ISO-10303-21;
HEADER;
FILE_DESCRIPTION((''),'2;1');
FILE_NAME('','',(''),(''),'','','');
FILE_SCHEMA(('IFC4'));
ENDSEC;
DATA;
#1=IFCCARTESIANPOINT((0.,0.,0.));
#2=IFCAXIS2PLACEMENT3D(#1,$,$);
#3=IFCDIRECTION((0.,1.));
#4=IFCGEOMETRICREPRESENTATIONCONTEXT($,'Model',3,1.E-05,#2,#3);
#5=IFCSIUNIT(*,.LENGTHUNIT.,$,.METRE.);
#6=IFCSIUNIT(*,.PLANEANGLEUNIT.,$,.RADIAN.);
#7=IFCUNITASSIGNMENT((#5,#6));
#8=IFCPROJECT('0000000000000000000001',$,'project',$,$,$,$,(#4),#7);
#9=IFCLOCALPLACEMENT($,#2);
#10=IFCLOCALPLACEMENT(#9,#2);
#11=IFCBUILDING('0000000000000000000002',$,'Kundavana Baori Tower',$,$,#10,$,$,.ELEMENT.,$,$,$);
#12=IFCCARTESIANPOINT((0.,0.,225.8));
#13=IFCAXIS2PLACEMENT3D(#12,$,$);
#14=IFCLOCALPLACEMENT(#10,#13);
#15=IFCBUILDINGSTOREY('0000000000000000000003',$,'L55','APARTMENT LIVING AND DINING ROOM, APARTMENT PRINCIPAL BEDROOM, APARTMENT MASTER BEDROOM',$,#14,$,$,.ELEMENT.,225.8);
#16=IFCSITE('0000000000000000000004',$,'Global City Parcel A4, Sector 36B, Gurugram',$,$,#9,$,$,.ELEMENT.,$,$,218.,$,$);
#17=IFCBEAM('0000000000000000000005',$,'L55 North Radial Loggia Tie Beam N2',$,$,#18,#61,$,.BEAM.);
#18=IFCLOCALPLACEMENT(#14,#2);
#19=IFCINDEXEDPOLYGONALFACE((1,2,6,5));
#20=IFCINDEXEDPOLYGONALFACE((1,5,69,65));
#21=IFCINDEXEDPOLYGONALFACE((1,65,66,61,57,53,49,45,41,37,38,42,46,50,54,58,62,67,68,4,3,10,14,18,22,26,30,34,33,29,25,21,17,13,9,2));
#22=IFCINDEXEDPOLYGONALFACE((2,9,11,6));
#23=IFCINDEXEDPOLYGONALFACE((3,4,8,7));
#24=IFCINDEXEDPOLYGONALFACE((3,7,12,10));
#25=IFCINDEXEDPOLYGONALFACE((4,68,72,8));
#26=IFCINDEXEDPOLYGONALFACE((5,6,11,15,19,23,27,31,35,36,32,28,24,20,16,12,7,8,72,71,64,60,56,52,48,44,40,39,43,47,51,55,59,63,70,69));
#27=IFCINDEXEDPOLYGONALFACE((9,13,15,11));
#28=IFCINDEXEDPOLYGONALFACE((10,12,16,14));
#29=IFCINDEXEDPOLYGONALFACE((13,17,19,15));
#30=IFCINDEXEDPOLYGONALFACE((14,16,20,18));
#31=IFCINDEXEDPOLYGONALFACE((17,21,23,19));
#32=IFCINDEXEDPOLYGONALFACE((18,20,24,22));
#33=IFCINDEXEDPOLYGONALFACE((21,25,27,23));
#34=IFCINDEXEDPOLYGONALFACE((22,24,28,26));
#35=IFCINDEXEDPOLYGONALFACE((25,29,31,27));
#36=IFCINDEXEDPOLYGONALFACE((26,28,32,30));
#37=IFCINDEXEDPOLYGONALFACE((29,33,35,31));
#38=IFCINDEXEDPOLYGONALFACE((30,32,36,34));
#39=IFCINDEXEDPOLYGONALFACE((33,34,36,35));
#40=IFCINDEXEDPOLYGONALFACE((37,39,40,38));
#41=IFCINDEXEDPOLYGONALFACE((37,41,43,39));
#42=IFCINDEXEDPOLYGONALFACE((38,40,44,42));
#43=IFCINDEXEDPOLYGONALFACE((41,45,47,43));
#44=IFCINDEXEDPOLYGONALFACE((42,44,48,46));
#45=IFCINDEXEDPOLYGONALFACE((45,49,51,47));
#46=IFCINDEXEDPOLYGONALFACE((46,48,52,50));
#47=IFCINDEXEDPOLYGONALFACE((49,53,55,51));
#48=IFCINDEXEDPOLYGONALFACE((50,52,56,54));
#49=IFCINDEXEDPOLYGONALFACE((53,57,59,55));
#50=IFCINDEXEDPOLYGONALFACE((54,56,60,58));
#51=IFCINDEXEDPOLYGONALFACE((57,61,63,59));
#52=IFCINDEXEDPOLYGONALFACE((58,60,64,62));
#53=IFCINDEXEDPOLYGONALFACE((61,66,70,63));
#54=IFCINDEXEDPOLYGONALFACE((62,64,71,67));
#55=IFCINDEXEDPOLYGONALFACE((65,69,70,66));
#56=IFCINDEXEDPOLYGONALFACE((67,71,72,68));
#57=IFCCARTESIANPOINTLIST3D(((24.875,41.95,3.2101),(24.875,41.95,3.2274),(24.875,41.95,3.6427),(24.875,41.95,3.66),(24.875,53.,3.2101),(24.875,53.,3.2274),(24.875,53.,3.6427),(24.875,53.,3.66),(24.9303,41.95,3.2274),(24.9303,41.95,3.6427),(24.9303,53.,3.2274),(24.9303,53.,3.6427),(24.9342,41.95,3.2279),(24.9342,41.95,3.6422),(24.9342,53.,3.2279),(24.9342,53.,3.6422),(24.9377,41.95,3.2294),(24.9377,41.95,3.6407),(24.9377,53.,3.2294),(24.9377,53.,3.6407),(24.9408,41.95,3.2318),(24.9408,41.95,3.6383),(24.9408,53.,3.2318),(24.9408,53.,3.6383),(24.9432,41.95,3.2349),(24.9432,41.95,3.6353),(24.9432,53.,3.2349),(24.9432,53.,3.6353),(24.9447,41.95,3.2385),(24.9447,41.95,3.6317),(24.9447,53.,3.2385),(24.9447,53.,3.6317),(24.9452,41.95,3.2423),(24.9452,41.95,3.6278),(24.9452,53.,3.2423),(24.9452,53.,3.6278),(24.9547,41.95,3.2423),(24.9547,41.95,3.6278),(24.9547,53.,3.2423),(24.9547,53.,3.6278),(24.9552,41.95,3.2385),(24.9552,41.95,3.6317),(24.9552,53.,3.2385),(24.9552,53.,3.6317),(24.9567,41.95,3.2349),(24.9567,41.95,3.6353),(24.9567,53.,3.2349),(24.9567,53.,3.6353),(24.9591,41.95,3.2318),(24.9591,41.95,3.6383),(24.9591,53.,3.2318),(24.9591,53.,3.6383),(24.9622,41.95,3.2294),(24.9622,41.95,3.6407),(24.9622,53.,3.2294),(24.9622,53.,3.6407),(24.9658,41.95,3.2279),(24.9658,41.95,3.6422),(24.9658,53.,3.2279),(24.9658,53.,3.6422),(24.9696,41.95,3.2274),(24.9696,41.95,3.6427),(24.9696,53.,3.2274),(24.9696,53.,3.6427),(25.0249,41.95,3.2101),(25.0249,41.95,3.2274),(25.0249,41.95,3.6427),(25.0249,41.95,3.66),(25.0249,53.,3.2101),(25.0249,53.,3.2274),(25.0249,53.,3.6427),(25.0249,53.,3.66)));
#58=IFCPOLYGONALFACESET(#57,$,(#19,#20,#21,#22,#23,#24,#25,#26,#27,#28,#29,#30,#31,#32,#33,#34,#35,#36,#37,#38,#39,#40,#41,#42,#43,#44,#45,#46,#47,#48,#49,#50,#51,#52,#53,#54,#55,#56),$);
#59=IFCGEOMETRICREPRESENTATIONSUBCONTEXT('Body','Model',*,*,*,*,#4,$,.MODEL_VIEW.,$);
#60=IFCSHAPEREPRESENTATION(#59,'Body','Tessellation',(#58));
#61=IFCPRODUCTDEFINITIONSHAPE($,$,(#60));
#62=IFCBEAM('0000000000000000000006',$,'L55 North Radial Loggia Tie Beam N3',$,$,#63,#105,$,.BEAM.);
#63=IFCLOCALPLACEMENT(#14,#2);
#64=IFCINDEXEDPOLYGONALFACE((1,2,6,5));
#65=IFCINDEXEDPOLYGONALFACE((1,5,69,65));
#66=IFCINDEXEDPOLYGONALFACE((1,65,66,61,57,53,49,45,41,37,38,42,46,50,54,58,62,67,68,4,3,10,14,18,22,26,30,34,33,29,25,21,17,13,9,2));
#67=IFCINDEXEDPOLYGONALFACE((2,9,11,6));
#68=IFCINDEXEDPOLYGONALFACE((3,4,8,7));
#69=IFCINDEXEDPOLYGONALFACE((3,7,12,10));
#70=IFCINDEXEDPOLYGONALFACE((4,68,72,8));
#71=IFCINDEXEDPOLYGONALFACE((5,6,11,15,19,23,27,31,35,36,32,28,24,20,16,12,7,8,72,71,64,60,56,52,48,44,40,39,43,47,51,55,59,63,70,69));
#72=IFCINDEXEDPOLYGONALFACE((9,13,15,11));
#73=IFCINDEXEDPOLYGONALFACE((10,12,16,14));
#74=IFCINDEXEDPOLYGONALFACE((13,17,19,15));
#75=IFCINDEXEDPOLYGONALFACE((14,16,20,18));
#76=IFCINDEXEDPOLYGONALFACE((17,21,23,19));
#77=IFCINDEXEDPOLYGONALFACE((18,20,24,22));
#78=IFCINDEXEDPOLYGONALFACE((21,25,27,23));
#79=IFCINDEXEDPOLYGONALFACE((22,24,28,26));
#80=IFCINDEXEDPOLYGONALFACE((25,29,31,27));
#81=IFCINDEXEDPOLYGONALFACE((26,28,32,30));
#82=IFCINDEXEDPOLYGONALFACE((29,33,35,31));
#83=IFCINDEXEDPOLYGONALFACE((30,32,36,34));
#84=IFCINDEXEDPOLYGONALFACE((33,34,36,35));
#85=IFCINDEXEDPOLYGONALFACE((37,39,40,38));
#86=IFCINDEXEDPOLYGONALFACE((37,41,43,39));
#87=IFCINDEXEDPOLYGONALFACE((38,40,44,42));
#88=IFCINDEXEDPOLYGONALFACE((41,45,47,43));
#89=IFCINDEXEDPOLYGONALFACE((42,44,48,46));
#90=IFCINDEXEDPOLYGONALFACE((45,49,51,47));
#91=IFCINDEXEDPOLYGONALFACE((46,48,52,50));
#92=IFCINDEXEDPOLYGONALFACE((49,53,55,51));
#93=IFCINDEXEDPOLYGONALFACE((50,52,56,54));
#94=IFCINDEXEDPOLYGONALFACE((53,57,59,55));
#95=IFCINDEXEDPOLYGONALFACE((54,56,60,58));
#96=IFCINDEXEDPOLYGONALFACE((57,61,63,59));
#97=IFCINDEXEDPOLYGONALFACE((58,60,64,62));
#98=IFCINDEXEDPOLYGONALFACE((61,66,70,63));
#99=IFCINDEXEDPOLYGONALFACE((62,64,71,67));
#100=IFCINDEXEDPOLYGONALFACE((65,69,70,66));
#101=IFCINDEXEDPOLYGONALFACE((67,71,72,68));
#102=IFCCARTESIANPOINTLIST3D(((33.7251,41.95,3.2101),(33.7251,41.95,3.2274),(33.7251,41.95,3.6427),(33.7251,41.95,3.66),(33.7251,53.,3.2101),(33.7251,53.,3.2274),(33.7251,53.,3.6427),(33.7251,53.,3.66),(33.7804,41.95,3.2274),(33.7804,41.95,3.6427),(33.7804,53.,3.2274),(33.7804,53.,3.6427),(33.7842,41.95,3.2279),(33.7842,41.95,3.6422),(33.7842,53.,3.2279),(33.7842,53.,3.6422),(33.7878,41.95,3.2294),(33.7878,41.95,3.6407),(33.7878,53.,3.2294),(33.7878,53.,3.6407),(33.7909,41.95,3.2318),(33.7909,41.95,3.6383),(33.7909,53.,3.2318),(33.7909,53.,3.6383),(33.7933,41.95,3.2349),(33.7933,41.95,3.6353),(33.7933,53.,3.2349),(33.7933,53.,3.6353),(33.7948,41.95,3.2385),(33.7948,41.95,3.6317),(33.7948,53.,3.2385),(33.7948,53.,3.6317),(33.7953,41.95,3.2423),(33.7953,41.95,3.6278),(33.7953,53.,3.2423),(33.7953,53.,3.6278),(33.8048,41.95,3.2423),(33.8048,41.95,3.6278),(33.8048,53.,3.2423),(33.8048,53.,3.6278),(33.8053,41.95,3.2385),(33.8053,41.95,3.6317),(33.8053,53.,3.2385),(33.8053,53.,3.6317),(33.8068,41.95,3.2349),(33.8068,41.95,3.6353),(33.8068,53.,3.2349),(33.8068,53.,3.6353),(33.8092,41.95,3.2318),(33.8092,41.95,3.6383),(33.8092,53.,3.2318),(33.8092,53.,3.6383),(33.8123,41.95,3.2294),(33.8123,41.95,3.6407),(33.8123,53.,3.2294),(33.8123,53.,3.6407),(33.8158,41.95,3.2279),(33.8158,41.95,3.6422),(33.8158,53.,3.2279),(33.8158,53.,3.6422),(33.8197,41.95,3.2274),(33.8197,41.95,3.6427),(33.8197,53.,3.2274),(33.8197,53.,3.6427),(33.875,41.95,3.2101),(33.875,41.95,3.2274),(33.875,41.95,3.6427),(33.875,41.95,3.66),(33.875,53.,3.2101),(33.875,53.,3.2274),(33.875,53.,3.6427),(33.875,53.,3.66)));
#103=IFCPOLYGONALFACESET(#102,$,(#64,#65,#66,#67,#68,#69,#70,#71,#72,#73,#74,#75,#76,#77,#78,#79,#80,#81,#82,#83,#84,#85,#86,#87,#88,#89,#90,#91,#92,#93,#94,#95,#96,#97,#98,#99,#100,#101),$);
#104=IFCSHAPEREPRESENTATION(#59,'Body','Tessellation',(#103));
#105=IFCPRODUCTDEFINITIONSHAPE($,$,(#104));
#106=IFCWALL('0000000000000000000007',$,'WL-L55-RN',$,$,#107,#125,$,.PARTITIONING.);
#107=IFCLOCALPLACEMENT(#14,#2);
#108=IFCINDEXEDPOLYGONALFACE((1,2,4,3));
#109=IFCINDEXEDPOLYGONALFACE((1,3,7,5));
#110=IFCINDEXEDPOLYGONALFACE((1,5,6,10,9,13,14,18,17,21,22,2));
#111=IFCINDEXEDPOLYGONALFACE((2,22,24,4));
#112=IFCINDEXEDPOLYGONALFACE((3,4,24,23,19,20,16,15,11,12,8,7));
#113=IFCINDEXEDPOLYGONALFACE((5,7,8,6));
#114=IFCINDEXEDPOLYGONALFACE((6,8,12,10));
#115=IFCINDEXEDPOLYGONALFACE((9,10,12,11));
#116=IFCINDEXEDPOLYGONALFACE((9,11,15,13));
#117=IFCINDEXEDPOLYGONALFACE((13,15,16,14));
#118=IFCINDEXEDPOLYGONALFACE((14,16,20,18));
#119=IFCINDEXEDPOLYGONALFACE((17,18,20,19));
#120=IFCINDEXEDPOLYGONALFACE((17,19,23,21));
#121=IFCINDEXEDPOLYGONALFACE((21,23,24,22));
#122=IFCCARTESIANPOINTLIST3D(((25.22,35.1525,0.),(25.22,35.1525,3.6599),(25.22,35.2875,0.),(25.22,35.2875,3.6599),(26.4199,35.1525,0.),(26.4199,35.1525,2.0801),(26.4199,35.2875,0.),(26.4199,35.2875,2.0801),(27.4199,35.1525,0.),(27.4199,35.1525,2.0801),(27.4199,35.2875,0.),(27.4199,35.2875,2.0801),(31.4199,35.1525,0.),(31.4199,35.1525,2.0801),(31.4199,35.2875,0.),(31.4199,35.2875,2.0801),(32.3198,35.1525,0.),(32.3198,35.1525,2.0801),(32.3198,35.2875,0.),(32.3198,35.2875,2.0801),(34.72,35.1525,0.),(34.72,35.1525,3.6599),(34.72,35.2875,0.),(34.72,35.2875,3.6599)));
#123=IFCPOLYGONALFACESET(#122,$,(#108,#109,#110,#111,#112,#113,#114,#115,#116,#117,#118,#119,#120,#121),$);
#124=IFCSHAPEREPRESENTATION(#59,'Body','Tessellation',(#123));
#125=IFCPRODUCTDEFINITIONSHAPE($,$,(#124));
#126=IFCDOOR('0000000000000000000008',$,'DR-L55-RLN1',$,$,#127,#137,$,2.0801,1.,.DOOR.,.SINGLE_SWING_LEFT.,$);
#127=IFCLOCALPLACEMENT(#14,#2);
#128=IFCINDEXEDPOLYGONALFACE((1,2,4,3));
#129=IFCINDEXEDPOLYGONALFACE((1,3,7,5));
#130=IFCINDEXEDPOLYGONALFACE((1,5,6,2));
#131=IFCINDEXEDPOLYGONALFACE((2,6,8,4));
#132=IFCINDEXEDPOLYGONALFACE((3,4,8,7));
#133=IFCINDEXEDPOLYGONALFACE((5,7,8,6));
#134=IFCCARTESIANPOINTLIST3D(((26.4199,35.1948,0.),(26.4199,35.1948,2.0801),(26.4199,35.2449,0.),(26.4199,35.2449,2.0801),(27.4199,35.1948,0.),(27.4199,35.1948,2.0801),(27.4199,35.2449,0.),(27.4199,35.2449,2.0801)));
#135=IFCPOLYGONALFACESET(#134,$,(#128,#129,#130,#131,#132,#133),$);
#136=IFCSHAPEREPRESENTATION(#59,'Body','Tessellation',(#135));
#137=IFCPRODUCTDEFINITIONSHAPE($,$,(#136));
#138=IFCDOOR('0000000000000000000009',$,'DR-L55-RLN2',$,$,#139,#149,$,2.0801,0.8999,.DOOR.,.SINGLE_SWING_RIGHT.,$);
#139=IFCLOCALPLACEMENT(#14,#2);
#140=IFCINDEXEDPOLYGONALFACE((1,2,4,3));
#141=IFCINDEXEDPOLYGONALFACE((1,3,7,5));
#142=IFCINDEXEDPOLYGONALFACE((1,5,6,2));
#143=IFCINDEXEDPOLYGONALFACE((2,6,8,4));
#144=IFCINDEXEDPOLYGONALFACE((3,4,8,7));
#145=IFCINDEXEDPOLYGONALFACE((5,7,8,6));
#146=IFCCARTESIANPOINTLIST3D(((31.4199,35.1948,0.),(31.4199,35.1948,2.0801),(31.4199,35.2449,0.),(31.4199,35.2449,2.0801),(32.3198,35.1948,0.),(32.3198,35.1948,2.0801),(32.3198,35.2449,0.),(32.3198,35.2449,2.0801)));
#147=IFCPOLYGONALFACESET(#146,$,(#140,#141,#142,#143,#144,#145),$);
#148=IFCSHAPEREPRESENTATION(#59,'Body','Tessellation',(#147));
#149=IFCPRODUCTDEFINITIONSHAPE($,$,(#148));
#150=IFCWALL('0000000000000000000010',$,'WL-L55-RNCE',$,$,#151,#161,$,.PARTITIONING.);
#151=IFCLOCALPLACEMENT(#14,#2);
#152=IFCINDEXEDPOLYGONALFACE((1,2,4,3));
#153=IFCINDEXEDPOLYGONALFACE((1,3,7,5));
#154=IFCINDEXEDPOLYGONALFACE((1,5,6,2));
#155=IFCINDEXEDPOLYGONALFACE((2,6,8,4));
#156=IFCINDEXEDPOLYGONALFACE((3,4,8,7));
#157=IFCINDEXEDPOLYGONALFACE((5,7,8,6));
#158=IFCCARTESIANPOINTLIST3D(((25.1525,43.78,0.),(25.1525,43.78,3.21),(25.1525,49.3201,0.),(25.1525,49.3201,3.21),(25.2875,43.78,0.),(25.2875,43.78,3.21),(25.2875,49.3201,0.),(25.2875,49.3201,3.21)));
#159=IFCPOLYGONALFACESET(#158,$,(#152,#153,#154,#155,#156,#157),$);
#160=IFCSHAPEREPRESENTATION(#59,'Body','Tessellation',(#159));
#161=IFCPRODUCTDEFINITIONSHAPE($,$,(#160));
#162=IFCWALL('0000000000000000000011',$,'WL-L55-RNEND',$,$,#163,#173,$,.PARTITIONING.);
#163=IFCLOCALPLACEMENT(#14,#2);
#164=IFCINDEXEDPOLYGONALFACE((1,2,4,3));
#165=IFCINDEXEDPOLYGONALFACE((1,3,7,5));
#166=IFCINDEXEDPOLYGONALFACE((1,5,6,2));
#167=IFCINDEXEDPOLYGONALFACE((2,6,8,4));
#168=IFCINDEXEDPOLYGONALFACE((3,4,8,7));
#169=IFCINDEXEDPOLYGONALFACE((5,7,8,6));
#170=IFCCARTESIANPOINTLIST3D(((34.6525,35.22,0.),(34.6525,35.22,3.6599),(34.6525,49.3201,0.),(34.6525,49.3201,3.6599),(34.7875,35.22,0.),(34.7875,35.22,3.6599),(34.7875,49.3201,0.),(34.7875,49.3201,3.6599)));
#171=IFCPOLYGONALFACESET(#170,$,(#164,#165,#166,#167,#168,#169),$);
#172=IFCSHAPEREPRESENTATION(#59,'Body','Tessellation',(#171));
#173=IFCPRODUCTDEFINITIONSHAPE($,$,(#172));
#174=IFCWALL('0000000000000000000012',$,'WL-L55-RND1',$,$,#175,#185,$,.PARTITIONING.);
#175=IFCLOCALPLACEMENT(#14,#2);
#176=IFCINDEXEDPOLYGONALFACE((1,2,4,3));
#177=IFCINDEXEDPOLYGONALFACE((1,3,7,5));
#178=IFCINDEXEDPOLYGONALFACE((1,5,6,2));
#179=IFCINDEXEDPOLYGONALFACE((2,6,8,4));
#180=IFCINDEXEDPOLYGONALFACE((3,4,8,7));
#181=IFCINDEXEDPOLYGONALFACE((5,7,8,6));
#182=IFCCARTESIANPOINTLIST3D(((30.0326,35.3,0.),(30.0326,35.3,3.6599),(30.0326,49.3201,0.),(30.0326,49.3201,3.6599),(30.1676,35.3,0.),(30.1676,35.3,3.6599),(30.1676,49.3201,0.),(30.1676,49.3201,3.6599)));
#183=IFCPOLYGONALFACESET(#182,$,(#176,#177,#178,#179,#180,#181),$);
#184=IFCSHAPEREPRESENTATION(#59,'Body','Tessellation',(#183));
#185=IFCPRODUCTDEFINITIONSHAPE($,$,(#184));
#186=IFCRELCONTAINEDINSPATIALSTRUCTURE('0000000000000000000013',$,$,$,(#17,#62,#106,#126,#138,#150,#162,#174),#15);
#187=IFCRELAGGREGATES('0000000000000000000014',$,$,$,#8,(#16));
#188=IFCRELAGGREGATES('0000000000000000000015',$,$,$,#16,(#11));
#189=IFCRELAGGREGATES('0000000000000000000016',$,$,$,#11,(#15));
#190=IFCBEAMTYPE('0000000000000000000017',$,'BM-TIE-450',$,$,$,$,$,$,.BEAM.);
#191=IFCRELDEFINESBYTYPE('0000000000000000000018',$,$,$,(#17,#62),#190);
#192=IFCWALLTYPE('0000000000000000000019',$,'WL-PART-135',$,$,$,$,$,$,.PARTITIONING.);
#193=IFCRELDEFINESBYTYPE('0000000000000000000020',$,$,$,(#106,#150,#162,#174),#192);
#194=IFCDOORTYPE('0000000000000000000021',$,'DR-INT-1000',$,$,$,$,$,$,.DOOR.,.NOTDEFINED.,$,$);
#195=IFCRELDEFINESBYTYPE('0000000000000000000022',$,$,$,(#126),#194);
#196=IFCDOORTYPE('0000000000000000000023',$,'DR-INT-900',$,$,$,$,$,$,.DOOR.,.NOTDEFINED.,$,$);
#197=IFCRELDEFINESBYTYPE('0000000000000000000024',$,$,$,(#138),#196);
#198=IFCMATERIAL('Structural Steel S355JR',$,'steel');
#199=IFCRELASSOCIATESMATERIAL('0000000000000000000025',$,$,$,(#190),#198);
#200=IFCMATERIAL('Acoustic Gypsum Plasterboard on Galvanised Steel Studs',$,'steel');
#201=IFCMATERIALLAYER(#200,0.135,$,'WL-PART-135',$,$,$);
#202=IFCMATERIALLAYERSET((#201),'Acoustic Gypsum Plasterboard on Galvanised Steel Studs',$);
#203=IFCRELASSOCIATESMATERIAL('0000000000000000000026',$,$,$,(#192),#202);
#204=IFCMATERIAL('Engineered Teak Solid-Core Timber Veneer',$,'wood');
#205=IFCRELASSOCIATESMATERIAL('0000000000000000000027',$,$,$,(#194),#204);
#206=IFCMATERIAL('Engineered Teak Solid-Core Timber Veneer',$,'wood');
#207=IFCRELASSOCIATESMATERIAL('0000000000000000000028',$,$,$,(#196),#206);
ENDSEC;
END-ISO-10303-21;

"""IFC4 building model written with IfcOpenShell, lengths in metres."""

from ifc_helpers import new_model, si_unit, direction, frame, frame_2d, origin, origin_2d, place, context, subcontext, project, spatial, rectangle, i_section, extrude, material, layer, layer_set, material_profile, profile_set, type_object, element, fill, save


model = new_model("IFC4")

# Units and contexts
model_context = context("Model", 3, precision=1e-05, world=origin(), true_north=direction((0.0, 1.0)))
body_context = subcontext(model_context, "Body", "Model", "MODEL_VIEW")
ifc_project = project(units=[si_unit("LENGTHUNIT", "METRE"), si_unit("PLANEANGLEUNIT", "RADIAN")], contexts=[model_context])

# Site, building, storey
site_placement = place(None, origin())
site = spatial("IfcSite", under=ifc_project, at=site_placement, Name="Global City Parcel A4, Sector 36B, Gurugram", CompositionType="ELEMENT", RefElevation=218.0)
building_placement = place(site_placement, origin())
building = spatial("IfcBuilding", under=site, at=building_placement, Name="Kundavana Baori Tower", CompositionType="ELEMENT")
storey_placement = place(building_placement, frame((0.0, 0.0, 225.8)))
storey = spatial("IfcBuildingStorey", under=building, at=storey_placement, Name="L55", Description="APARTMENT LIVING AND DINING ROOM, APARTMENT PRINCIPAL BEDROOM, APARTMENT MASTER BEDROOM", CompositionType="ELEMENT", Elevation=225.8)

# Beams
ifc_material_1 = material(Name="Structural Steel S355JR", Category="steel")
ifc_material_profile_1 = material_profile(ifc_material_1, i_section(OverallWidth=0.1499, OverallDepth=0.45, WebThickness=0.0095, FlangeThickness=0.0173, FilletRadius=0.0149, at=origin_2d()), Name="ISMB 450")
ifc_profile_set_1 = profile_set([ifc_material_profile_1], Name="Structural Steel S355JR")
beam_type_1 = type_object("IfcBeamType", Name="BM-TIE-450", PredefinedType="BEAM", material=ifc_profile_set_1)
for number, where, z_axis, x_axis, name in (
    (1, (24.95, 41.95, 3.4351), (0.0, 1.0, 0.0), (-1.0, 0.0, 0.0), "L55 North Radial Loggia Tie Beam N2"),
    (2, (33.8, 41.95, 3.4351), (0.0, 1.0, 0.0), (-1.0, 0.0, 0.0), "L55 North Radial Loggia Tie Beam N3"),
):
    element("IfcBeam", number, at=place(storey_placement, frame(where, z_axis=z_axis, x_axis=x_axis)), inside=storey, type_object=beam_type_1, Name=name, PredefinedType="BEAM", context=body_context, shape_type="SweptSolid", body=[
        extrude(i_section(OverallWidth=0.1499, OverallDepth=0.45, WebThickness=0.0095, FlangeThickness=0.0173, FilletRadius=0.0149, at=origin_2d()), origin(), (0.0, 0.0, 1.0), 11.05),
    ])

# Wall, openings, doors
ifc_material_2 = material(Name="Acoustic Gypsum Plasterboard on Galvanised Steel Studs", Category="steel")
ifc_layer_1 = layer(ifc_material_2, 0.135, Name="WL-PART-135")
ifc_layer_set_1 = layer_set([ifc_layer_1], Name="Acoustic Gypsum Plasterboard on Galvanised Steel Studs")
wall_type_1 = type_object("IfcWallType", Name="WL-PART-135", PredefinedType="PARTITIONING", material=ifc_layer_set_1)
wall_1_placement = place(storey_placement, frame((25.22, 35.22, 0.0), z_axis=(0.0, 0.0, 1.0), x_axis=(1.0, 0.0, 0.0)))
wall_1 = element("IfcWall", 3, at=wall_1_placement, inside=storey, type_object=wall_type_1, Name="WL-L55-RN", PredefinedType="PARTITIONING", context=body_context, shape_type="SweptSolid", body=[
    extrude(rectangle(XDim=9.5, YDim=0.135, at=frame_2d((4.75, 0.0))), origin(), (0.0, 0.0, 1.0), 3.6599),
])
opening_1_placement = place(wall_1_placement, frame((1.2, 0.0, 0.0)))
opening_1 = element("IfcOpeningElement", 4, at=opening_1_placement, cuts=wall_1, PredefinedType="OPENING", context=body_context, shape_type="SweptSolid", body=[
    extrude(rectangle(XDim=1.0, YDim=2.0801, at=frame_2d((0.5, 1.04))), frame((0.0, 0.0776, 0.0), z_axis=(0.0, -1.0, 0.0), x_axis=(1.0, 0.0, 0.0)), (0.0, 0.0, 1.0), 0.155),
])
opening_2_placement = place(wall_1_placement, frame((6.2, 0.0, 0.0)))
opening_2 = element("IfcOpeningElement", 5, at=opening_2_placement, cuts=wall_1, PredefinedType="OPENING", context=body_context, shape_type="SweptSolid", body=[
    extrude(rectangle(XDim=0.8999, YDim=2.0801, at=frame_2d((0.45, 1.04))), frame((0.0, 0.0776, 0.0), z_axis=(0.0, -1.0, 0.0), x_axis=(1.0, 0.0, 0.0)), (0.0, 0.0, 1.0), 0.155),
])
ifc_material_3 = material(Name="Engineered Teak Solid-Core Timber Veneer", Category="wood")
door_type_1 = type_object("IfcDoorType", Name="DR-INT-1000", OperationType="NOTDEFINED", PredefinedType="DOOR", material=ifc_material_3)
door_1_placement = place(opening_1_placement, origin())
door_1 = element("IfcDoor", 6, at=door_1_placement, inside=storey, type_object=door_type_1, Name="DR-L55-RLN1", OperationType="SINGLE_SWING_LEFT", OverallHeight=2.0801, OverallWidth=1.0, PredefinedType="DOOR", context=body_context, shape_type="SweptSolid", body=[
    extrude(rectangle(XDim=1.0, YDim=2.0801, at=frame_2d((0.5, 1.04))), frame((0.0, 0.0249, 0.0), z_axis=(0.0, -1.0, 0.0), x_axis=(1.0, 0.0, 0.0)), (0.0, 0.0, 1.0), 0.05),
])
fill(opening_1, door_1)
ifc_material_4 = material(Name="Engineered Teak Solid-Core Timber Veneer", Category="wood")
door_type_2 = type_object("IfcDoorType", Name="DR-INT-900", OperationType="NOTDEFINED", PredefinedType="DOOR", material=ifc_material_4)
door_2_placement = place(opening_2_placement, origin())
door_2 = element("IfcDoor", 7, at=door_2_placement, inside=storey, type_object=door_type_2, Name="DR-L55-RLN2", OperationType="SINGLE_SWING_RIGHT", OverallHeight=2.0801, OverallWidth=0.8999, PredefinedType="DOOR", context=body_context, shape_type="SweptSolid", body=[
    extrude(rectangle(XDim=0.8999, YDim=2.0801, at=frame_2d((0.45, 1.04))), frame((0.0, 0.0249, 0.0), z_axis=(0.0, -1.0, 0.0), x_axis=(1.0, 0.0, 0.0)), (0.0, 0.0, 1.0), 0.05),
])
fill(opening_2, door_2)

# Walls
wall_2_placement = place(storey_placement, frame((25.22, 43.78, 0.0), z_axis=(0.0, 0.0, 1.0), x_axis=(0.0, 1.0, 0.0)))
element("IfcWall", 8, at=wall_2_placement, inside=storey, type_object=wall_type_1, Name="WL-L55-RNCE", PredefinedType="PARTITIONING", context=body_context, shape_type="SweptSolid", body=[
    extrude(rectangle(XDim=5.54, YDim=0.135, at=frame_2d((2.77, 0.0))), origin(), (0.0, 0.0, 1.0), 3.21),
])
wall_3_placement = place(storey_placement, frame((34.72, 35.22, 0.0), z_axis=(0.0, 0.0, 1.0), x_axis=(0.0, 1.0, 0.0)))
element("IfcWall", 9, at=wall_3_placement, inside=storey, type_object=wall_type_1, Name="WL-L55-RNEND", PredefinedType="PARTITIONING", context=body_context, shape_type="SweptSolid", body=[
    extrude(rectangle(XDim=14.1001, YDim=0.135, at=frame_2d((7.05, 0.0))), origin(), (0.0, 0.0, 1.0), 3.6599),
])
wall_4_placement = place(storey_placement, frame((30.1001, 35.3, 0.0), z_axis=(0.0, 0.0, 1.0), x_axis=(0.0, 1.0, 0.0)))
element("IfcWall", 10, at=wall_4_placement, inside=storey, type_object=wall_type_1, Name="WL-L55-RND1", PredefinedType="PARTITIONING", context=body_context, shape_type="SweptSolid", body=[
    extrude(rectangle(XDim=14.02, YDim=0.135, at=frame_2d((7.01, 0.0))), origin(), (0.0, 0.0, 1.0), 3.6599),
])

save(model, "model.ifc")
